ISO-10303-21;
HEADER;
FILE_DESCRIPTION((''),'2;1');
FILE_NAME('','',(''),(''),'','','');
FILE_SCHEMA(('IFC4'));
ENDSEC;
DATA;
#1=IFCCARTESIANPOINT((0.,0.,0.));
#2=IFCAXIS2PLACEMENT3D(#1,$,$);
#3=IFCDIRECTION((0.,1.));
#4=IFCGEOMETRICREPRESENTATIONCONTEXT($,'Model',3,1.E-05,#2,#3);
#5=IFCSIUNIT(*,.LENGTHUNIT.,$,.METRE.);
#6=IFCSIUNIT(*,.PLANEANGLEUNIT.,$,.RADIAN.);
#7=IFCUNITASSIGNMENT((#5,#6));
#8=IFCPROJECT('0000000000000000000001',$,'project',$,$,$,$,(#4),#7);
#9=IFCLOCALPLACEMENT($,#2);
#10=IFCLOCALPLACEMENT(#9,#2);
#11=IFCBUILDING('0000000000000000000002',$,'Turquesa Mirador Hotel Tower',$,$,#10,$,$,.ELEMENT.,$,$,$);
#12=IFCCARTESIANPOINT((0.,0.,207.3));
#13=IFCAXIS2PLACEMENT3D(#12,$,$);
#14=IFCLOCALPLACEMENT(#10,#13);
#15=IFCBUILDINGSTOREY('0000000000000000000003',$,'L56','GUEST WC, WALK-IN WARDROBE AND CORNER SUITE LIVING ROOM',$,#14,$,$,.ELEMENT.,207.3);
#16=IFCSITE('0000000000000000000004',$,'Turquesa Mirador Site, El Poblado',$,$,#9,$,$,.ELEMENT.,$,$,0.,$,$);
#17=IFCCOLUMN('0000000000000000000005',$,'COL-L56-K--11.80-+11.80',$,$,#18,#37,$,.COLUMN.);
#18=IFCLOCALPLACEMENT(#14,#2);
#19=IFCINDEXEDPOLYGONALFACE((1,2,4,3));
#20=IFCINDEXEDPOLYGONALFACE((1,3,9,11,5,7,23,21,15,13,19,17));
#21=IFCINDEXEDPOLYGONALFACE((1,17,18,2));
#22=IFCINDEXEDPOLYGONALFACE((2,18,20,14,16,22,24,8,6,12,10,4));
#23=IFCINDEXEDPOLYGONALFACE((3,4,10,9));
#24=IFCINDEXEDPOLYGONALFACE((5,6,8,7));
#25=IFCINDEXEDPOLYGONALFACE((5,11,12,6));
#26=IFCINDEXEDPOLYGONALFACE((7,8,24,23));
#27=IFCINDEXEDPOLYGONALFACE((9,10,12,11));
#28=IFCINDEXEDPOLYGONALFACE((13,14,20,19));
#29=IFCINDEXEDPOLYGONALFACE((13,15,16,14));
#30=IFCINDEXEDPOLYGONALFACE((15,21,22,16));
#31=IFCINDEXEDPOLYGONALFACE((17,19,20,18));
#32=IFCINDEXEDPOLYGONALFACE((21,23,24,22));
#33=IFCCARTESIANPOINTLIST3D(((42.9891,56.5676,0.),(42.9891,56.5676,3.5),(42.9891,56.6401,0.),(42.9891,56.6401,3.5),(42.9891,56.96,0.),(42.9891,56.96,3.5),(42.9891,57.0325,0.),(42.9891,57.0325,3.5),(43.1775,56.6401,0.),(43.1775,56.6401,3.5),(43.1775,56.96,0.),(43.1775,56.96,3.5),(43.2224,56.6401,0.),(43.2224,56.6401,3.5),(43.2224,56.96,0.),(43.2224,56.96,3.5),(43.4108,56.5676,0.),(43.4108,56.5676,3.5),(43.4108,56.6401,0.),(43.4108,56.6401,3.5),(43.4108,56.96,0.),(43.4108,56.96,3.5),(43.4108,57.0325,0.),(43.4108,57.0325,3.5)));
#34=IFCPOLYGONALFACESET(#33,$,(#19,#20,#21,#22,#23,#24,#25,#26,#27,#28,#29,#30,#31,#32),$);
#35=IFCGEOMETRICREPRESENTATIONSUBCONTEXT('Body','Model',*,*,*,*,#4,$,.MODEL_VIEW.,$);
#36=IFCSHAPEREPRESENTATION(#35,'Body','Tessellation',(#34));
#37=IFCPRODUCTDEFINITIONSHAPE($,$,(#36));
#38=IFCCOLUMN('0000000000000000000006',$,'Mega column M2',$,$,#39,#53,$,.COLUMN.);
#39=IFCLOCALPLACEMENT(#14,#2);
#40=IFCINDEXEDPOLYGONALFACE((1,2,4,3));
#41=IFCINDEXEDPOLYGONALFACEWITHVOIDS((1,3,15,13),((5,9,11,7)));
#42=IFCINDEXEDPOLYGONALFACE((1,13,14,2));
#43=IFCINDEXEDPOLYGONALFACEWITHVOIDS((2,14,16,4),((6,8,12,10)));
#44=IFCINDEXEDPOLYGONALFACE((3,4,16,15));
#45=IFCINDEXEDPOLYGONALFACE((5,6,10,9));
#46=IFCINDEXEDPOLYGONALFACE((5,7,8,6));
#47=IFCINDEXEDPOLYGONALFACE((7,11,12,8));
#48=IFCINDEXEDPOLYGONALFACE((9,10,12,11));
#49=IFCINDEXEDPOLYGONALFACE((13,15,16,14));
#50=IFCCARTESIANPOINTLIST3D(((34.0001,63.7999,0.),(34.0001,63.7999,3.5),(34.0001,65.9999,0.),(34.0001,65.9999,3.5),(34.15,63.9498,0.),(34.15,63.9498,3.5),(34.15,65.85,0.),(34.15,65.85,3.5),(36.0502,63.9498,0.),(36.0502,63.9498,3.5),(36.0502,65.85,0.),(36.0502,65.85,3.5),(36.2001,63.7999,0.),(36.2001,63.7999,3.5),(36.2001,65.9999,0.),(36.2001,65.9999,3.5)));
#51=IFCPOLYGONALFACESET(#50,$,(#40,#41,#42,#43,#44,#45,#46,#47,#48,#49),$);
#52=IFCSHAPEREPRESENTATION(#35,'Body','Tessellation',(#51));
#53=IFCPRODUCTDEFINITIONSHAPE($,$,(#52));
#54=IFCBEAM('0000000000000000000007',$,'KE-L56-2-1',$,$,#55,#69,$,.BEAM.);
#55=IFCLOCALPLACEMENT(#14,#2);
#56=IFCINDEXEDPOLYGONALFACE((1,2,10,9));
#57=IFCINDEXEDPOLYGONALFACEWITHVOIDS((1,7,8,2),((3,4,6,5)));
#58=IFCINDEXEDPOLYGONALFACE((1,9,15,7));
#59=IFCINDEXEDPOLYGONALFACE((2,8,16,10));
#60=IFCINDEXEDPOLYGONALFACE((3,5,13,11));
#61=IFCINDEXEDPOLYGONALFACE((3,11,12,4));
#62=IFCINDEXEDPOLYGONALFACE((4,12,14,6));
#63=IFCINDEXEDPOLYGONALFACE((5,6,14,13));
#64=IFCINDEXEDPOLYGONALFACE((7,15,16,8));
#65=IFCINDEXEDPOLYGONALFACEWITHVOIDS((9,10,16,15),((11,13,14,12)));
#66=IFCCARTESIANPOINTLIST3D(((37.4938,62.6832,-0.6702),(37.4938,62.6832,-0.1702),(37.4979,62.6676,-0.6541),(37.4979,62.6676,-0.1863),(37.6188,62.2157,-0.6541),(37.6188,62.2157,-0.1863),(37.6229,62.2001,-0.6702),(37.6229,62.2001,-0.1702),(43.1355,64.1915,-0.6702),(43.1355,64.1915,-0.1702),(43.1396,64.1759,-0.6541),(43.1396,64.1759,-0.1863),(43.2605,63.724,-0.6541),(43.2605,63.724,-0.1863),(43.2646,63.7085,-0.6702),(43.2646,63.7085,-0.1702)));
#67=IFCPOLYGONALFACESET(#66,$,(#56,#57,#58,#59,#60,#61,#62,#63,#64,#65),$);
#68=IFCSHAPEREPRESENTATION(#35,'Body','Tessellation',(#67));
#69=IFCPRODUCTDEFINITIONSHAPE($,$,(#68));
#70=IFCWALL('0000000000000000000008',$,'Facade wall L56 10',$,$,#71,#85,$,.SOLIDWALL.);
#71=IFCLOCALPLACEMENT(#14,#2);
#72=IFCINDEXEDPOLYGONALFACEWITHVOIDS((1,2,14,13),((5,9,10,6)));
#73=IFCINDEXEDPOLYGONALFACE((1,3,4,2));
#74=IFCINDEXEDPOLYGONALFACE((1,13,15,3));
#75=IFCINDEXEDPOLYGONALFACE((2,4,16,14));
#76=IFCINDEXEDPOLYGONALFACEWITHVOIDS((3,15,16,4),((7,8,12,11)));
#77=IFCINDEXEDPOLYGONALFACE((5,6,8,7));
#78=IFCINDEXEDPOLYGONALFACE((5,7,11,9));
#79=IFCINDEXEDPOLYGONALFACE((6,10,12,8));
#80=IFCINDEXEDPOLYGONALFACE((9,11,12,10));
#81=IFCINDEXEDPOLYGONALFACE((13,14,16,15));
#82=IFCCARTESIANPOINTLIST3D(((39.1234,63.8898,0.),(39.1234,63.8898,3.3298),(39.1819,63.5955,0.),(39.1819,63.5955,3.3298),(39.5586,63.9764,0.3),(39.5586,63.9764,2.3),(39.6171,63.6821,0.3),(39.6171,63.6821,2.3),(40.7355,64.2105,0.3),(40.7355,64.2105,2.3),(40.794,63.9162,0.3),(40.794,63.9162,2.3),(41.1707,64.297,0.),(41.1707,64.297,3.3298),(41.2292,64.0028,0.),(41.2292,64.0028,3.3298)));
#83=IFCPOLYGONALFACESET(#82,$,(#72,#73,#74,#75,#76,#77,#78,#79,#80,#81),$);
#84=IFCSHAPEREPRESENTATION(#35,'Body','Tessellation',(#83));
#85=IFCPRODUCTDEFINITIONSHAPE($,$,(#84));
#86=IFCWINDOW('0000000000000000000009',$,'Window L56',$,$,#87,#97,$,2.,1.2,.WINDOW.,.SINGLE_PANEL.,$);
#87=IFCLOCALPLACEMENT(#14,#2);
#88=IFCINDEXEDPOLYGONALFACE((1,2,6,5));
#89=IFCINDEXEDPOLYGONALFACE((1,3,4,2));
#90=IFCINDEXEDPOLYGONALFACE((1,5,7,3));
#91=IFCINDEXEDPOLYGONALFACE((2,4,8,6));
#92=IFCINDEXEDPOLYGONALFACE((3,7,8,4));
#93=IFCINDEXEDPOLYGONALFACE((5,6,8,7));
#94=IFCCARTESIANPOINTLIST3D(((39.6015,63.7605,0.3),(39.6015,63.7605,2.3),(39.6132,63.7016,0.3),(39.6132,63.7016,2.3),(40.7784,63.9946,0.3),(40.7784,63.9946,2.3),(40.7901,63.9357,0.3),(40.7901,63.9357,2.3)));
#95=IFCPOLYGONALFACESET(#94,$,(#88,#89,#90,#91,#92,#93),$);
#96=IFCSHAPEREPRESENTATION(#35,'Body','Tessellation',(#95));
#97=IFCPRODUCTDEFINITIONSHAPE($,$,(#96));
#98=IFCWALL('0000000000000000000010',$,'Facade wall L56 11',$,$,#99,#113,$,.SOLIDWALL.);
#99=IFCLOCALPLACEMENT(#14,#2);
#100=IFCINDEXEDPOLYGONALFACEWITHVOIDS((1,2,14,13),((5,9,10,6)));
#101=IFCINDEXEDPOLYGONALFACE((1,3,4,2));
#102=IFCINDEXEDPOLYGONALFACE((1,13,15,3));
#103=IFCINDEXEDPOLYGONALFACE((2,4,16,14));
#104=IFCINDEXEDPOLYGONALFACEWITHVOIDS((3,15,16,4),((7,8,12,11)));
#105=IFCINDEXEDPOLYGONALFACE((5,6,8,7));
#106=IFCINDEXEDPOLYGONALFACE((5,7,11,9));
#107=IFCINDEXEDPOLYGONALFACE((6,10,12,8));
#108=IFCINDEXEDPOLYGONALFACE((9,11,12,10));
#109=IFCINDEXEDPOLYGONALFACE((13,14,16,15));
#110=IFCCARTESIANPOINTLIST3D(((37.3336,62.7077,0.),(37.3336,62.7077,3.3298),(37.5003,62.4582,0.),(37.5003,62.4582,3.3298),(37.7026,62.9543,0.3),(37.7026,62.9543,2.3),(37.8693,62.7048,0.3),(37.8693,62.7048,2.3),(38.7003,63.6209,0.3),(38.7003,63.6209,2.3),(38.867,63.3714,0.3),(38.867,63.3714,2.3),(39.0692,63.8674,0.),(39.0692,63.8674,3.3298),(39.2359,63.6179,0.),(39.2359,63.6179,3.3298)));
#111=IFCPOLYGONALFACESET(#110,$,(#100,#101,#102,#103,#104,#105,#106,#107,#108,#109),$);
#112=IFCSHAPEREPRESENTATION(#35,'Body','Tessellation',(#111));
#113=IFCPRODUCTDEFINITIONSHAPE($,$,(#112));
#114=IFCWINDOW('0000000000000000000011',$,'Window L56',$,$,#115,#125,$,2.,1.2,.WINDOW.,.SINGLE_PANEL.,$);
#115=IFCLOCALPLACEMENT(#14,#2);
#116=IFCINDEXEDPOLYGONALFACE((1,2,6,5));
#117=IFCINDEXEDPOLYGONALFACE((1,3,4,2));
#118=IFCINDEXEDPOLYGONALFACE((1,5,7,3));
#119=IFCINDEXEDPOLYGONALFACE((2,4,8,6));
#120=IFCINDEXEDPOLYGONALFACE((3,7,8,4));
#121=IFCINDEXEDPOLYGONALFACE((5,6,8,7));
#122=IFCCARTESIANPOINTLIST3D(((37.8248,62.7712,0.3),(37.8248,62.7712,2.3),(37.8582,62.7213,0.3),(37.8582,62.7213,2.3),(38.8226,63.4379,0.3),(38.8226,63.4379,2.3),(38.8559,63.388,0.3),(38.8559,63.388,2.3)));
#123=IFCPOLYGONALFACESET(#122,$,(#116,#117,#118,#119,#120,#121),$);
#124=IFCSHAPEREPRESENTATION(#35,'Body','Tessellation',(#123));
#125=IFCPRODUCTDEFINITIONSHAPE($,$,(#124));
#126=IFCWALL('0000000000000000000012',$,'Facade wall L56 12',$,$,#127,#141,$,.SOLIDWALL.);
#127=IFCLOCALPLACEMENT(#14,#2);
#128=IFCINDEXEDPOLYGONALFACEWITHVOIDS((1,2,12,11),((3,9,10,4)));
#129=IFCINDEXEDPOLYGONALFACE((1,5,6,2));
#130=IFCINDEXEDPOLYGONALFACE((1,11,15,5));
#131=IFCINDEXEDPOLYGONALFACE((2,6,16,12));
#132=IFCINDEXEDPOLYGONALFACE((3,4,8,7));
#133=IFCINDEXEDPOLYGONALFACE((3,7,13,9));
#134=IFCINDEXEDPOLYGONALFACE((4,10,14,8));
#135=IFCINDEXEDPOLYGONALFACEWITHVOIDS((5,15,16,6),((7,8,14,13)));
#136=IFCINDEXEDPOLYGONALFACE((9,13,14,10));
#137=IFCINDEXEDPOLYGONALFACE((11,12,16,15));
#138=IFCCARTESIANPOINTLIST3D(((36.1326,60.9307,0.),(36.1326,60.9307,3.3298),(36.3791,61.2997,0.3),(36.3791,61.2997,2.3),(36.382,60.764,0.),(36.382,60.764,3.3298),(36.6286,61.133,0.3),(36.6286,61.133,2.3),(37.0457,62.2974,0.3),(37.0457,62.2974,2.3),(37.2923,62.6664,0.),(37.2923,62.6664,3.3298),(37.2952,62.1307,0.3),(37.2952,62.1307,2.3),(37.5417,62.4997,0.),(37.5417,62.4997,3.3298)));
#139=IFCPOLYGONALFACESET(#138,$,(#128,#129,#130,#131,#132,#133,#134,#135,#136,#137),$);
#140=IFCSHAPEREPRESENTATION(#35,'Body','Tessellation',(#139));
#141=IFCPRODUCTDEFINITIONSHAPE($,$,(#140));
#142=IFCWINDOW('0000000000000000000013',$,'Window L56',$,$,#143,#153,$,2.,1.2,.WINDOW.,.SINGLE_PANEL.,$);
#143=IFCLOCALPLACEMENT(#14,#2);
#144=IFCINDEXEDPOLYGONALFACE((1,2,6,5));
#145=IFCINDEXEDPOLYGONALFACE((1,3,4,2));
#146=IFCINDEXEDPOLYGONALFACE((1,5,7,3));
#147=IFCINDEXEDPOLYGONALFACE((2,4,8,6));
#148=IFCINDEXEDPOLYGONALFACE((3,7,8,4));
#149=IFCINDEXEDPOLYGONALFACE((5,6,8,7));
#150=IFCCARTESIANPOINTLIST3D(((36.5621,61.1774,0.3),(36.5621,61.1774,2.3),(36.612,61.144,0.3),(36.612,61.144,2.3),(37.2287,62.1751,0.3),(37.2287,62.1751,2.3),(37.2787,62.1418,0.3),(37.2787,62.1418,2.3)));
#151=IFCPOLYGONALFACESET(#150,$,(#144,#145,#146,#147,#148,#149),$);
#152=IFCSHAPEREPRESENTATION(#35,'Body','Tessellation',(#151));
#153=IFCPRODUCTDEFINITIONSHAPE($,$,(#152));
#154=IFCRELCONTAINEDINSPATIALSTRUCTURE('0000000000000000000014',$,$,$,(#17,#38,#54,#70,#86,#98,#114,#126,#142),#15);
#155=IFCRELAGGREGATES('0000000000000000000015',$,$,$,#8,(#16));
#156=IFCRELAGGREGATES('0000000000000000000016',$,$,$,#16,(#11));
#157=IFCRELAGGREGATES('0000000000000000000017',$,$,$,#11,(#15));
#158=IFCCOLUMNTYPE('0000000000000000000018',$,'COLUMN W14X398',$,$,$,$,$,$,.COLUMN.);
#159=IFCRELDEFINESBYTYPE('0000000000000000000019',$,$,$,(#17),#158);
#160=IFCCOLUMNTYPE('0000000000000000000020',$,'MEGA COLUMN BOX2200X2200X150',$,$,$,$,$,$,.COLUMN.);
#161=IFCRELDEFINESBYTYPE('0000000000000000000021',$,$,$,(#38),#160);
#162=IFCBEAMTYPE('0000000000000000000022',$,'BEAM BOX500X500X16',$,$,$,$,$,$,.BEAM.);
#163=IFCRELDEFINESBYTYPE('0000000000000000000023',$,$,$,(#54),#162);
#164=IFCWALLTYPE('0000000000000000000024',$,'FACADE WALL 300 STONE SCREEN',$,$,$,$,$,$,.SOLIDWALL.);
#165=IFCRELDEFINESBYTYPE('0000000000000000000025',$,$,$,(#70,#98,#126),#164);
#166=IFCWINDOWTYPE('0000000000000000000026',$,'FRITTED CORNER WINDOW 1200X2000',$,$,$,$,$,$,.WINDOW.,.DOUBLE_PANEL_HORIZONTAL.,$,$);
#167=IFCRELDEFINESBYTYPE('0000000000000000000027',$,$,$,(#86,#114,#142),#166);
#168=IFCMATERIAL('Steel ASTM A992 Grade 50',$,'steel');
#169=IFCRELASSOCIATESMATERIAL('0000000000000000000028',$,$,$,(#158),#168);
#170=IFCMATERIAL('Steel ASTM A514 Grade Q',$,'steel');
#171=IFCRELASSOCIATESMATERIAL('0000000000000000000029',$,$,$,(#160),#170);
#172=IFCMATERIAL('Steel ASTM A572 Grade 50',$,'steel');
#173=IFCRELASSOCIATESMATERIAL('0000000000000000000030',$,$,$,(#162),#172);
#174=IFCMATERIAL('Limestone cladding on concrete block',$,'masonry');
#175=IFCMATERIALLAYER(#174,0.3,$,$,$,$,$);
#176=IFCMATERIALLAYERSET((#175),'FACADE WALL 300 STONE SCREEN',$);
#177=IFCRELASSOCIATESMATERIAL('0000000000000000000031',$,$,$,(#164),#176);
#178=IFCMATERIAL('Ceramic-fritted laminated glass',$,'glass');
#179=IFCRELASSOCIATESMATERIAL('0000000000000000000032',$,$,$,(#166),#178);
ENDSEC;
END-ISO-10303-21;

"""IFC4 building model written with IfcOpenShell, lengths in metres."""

from ifc_helpers import new_model, si_unit, direction, frame, frame_2d, origin, origin_2d, place, context, subcontext, project, spatial, rectangle, hollow_rectangle, i_section, extrude, material, layer, layer_set, material_profile, profile_set, type_object, element, fill, save


model = new_model("IFC4")

# Units and contexts
model_context = context("Model", 3, precision=1e-05, world=origin(), true_north=direction((0.0, 1.0)))
body_context = subcontext(model_context, "Body", "Model", "MODEL_VIEW")
ifc_project = project(units=[si_unit("LENGTHUNIT", "METRE"), si_unit("PLANEANGLEUNIT", "RADIAN")], contexts=[model_context])

# Site, building, storey
site_placement = place(None, origin())
site = spatial("IfcSite", under=ifc_project, at=site_placement, Name="Turquesa Mirador Site, El Poblado", CompositionType="ELEMENT", RefElevation=0.0)
building_placement = place(site_placement, origin())
building = spatial("IfcBuilding", under=site, at=building_placement, Name="Turquesa Mirador Hotel Tower", CompositionType="ELEMENT")
storey_placement = place(building_placement, frame((0.0, 0.0, 207.3)))
storey = spatial("IfcBuildingStorey", under=building, at=storey_placement, Name="L56", Description="GUEST WC, WALK-IN WARDROBE AND CORNER SUITE LIVING ROOM", CompositionType="ELEMENT", Elevation=207.3)

# Columns
ifc_material_1 = material(Name="Steel ASTM A992 Grade 50", Category="steel")
ifc_material_profile_1 = material_profile(ifc_material_1, i_section(OverallWidth=0.4216, OverallDepth=0.4648, WebThickness=0.0449, FlangeThickness=0.0725, at=origin_2d()), Name="W14X398")
ifc_profile_set_1 = profile_set([ifc_material_profile_1], Name="Steel ASTM A992 Grade 50")
column_type_1 = type_object("IfcColumnType", Name="COLUMN W14X398", PredefinedType="COLUMN", material=ifc_profile_set_1)
column_1_placement = place(storey_placement, frame((43.2, 56.8, 0.0), z_axis=(0.0, 0.0, 1.0), x_axis=(1.0, 0.0, 0.0)))
element("IfcColumn", 1, at=column_1_placement, inside=storey, type_object=column_type_1, Name="COL-L56-K--11.80-+11.80", PredefinedType="COLUMN", context=body_context, shape_type="SweptSolid", body=[
    extrude(i_section(OverallWidth=0.4216, OverallDepth=0.4648, WebThickness=0.0449, FlangeThickness=0.0725, at=origin_2d()), origin(), (0.0, 0.0, 1.0), 3.5),
])
ifc_material_2 = material(Name="Steel ASTM A514 Grade Q", Category="steel")
ifc_material_profile_2 = material_profile(ifc_material_2, hollow_rectangle(XDim=2.2, YDim=2.2, WallThickness=0.1499, at=origin_2d()), Name="BOX2200X2200X150")
ifc_profile_set_2 = profile_set([ifc_material_profile_2], Name="Steel ASTM A514 Grade Q")
column_type_2 = type_object("IfcColumnType", Name="MEGA COLUMN BOX2200X2200X150", PredefinedType="COLUMN", material=ifc_profile_set_2)
column_2_placement = place(storey_placement, frame((35.1001, 64.8999, 0.0), z_axis=(0.0, 0.0, 1.0), x_axis=(1.0, 0.0, 0.0)))
element("IfcColumn", 2, at=column_2_placement, inside=storey, type_object=column_type_2, Name="Mega column M2", PredefinedType="COLUMN", context=body_context, shape_type="SweptSolid", body=[
    extrude(hollow_rectangle(XDim=2.2, YDim=2.2, WallThickness=0.1499, at=origin_2d()), origin(), (0.0, 0.0, 1.0), 3.5),
])

# Beam
ifc_material_3 = material(Name="Steel ASTM A572 Grade 50", Category="steel")
ifc_material_profile_3 = material_profile(ifc_material_3, hollow_rectangle(XDim=0.5, YDim=0.5, WallThickness=0.0161, at=origin_2d()), Name="BOX500X500X16")
ifc_profile_set_3 = profile_set([ifc_material_profile_3], Name="Steel ASTM A572 Grade 50")
beam_type = type_object("IfcBeamType", Name="BEAM BOX500X500X16", PredefinedType="BEAM", material=ifc_profile_set_3)
beam_placement = place(storey_placement, frame((37.5583, 62.4417, -0.4202), z_axis=(0.96607, 0.258282, 0.0), x_axis=(-0.258282, 0.96607, 0.0)))
element("IfcBeam", 3, at=beam_placement, inside=storey, type_object=beam_type, Name="KE-L56-2-1", PredefinedType="BEAM", context=body_context, shape_type="SweptSolid", body=[
    extrude(hollow_rectangle(XDim=0.5, YDim=0.5, WallThickness=0.0161, at=origin_2d()), origin(), (0.0, 0.0, 1.0), 5.8398),
])

# Walls, openings, windows
ifc_material_4 = material(Name="Limestone cladding on concrete block", Category="masonry")
ifc_layer = layer(ifc_material_4, 0.3)
ifc_layer_set = layer_set([ifc_layer], Name="FACADE WALL 300 STONE SCREEN")
wall_type = type_object("IfcWallType", Name="FACADE WALL 300 STONE SCREEN", PredefinedType="SOLIDWALL", material=ifc_layer_set)
wall_1_placement = place(storey_placement, frame((41.2, 64.1499, 0.0), z_axis=(0.0, 0.0, 1.0), x_axis=(-0.980787, -0.195081, 0.0)))
wall_1 = element("IfcWall", 4, at=wall_1_placement, inside=storey, type_object=wall_type, Name="Facade wall L56 10", PredefinedType="SOLIDWALL", context=body_context, shape_type="SweptSolid", body=[
    extrude(rectangle(XDim=2.0874, YDim=0.3, at=frame_2d((1.0437, 0.0))), origin(), (0.0, 0.0, 1.0), 3.3298),
])
opening_1_placement = place(wall_1_placement, frame((0.4436, 0.0, 0.3)))
opening_1 = element("IfcOpeningElement", 5, at=opening_1_placement, cuts=wall_1, PredefinedType="OPENING", context=body_context, shape_type="SweptSolid", body=[
    extrude(rectangle(XDim=1.2, YDim=2.0, at=frame_2d((0.6001, 1.0))), frame((0.0, 0.1599, 0.0), z_axis=(0.0, -1.0, 0.0), x_axis=(1.0, 0.0, 0.0)), (0.0, 0.0, 1.0), 0.3201),
])
ifc_material_5 = material(Name="Ceramic-fritted laminated glass", Category="glass")
window_type_1 = type_object("IfcWindowType", Name="FRITTED CORNER WINDOW 1200X2000", PartitioningType="DOUBLE_PANEL_HORIZONTAL", PredefinedType="WINDOW", material=ifc_material_5)
window_1_placement = place(opening_1_placement, origin())
window_1 = element("IfcWindow", 6, at=window_1_placement, inside=storey, type_object=window_type_1, Name="Window L56", OverallHeight=2.0, OverallWidth=1.2, PartitioningType="SINGLE_PANEL", PredefinedType="WINDOW", context=body_context, shape_type="SweptSolid", body=[
    extrude(rectangle(XDim=1.2, YDim=2.0, at=frame_2d((0.6001, 1.0))), frame((0.0, 0.1301, 0.0), z_axis=(0.0, -1.0, 0.0), x_axis=(1.0, 0.0, 0.0)), (0.0, 0.0, 1.0), 0.0601),
])
fill(opening_1, window_1)
wall_2_placement = place(storey_placement, frame((39.1526, 63.7427, 0.0), z_axis=(0.0, 0.0, 1.0), x_axis=(-0.831474, -0.555564, 0.0)))
wall_2 = element("IfcWall", 7, at=wall_2_placement, inside=storey, type_object=wall_type, Name="Facade wall L56 11", PredefinedType="SOLIDWALL", context=body_context, shape_type="SweptSolid", body=[
    extrude(rectangle(XDim=2.0874, YDim=0.3, at=frame_2d((1.0437, 0.0))), origin(), (0.0, 0.0, 1.0), 3.3298),
])
opening_2_placement = place(wall_2_placement, frame((0.4436, 0.0, 0.3)))
opening_2 = element("IfcOpeningElement", 8, at=opening_2_placement, cuts=wall_2, PredefinedType="OPENING", context=body_context, shape_type="SweptSolid", body=[
    extrude(rectangle(XDim=1.2, YDim=2.0, at=frame_2d((0.6001, 1.0))), frame((0.0, 0.1599, 0.0), z_axis=(0.0, -1.0, 0.0), x_axis=(1.0, 0.0, 0.0)), (0.0, 0.0, 1.0), 0.3201),
])
window_2_placement = place(opening_2_placement, origin())
window_2 = element("IfcWindow", 9, at=window_2_placement, inside=storey, type_object=window_type_1, Name="Window L56", OverallHeight=2.0, OverallWidth=1.2, PartitioningType="SINGLE_PANEL", PredefinedType="WINDOW", context=body_context, shape_type="SweptSolid", body=[
    extrude(rectangle(XDim=1.2, YDim=2.0, at=frame_2d((0.6001, 1.0))), frame((0.0, 0.1301, 0.0), z_axis=(0.0, -1.0, 0.0), x_axis=(1.0, 0.0, 0.0)), (0.0, 0.0, 1.0), 0.0601),
])
fill(opening_2, window_2)
wall_3_placement = place(storey_placement, frame((37.417, 62.583, 0.0), z_axis=(0.0, 0.0, 1.0), x_axis=(-0.555564, -0.831474, 0.0)))
wall_3 = element("IfcWall", 10, at=wall_3_placement, inside=storey, type_object=wall_type, Name="Facade wall L56 12", PredefinedType="SOLIDWALL", context=body_context, shape_type="SweptSolid", body=[
    extrude(rectangle(XDim=2.0874, YDim=0.3, at=frame_2d((1.0437, 0.0))), origin(), (0.0, 0.0, 1.0), 3.3298),
])
opening_3_placement = place(wall_3_placement, frame((0.4436, 0.0, 0.3)))
opening_3 = element("IfcOpeningElement", 11, at=opening_3_placement, cuts=wall_3, PredefinedType="OPENING", context=body_context, shape_type="SweptSolid", body=[
    extrude(rectangle(XDim=1.2, YDim=2.0, at=frame_2d((0.6001, 1.0))), frame((0.0, 0.1599, 0.0), z_axis=(0.0, -1.0, 0.0), x_axis=(1.0, 0.0, 0.0)), (0.0, 0.0, 1.0), 0.3201),
])
window_3_placement = place(opening_3_placement, origin())
window_3 = element("IfcWindow", 12, at=window_3_placement, inside=storey, type_object=window_type_1, Name="Window L56", OverallHeight=2.0, OverallWidth=1.2, PartitioningType="SINGLE_PANEL", PredefinedType="WINDOW", context=body_context, shape_type="SweptSolid", body=[
    extrude(rectangle(XDim=1.2, YDim=2.0, at=frame_2d((0.6001, 1.0))), frame((0.0, 0.1301, 0.0), z_axis=(0.0, -1.0, 0.0), x_axis=(1.0, 0.0, 0.0)), (0.0, 0.0, 1.0), 0.0601),
])
fill(opening_3, window_3)

save(model, "model.ifc")
